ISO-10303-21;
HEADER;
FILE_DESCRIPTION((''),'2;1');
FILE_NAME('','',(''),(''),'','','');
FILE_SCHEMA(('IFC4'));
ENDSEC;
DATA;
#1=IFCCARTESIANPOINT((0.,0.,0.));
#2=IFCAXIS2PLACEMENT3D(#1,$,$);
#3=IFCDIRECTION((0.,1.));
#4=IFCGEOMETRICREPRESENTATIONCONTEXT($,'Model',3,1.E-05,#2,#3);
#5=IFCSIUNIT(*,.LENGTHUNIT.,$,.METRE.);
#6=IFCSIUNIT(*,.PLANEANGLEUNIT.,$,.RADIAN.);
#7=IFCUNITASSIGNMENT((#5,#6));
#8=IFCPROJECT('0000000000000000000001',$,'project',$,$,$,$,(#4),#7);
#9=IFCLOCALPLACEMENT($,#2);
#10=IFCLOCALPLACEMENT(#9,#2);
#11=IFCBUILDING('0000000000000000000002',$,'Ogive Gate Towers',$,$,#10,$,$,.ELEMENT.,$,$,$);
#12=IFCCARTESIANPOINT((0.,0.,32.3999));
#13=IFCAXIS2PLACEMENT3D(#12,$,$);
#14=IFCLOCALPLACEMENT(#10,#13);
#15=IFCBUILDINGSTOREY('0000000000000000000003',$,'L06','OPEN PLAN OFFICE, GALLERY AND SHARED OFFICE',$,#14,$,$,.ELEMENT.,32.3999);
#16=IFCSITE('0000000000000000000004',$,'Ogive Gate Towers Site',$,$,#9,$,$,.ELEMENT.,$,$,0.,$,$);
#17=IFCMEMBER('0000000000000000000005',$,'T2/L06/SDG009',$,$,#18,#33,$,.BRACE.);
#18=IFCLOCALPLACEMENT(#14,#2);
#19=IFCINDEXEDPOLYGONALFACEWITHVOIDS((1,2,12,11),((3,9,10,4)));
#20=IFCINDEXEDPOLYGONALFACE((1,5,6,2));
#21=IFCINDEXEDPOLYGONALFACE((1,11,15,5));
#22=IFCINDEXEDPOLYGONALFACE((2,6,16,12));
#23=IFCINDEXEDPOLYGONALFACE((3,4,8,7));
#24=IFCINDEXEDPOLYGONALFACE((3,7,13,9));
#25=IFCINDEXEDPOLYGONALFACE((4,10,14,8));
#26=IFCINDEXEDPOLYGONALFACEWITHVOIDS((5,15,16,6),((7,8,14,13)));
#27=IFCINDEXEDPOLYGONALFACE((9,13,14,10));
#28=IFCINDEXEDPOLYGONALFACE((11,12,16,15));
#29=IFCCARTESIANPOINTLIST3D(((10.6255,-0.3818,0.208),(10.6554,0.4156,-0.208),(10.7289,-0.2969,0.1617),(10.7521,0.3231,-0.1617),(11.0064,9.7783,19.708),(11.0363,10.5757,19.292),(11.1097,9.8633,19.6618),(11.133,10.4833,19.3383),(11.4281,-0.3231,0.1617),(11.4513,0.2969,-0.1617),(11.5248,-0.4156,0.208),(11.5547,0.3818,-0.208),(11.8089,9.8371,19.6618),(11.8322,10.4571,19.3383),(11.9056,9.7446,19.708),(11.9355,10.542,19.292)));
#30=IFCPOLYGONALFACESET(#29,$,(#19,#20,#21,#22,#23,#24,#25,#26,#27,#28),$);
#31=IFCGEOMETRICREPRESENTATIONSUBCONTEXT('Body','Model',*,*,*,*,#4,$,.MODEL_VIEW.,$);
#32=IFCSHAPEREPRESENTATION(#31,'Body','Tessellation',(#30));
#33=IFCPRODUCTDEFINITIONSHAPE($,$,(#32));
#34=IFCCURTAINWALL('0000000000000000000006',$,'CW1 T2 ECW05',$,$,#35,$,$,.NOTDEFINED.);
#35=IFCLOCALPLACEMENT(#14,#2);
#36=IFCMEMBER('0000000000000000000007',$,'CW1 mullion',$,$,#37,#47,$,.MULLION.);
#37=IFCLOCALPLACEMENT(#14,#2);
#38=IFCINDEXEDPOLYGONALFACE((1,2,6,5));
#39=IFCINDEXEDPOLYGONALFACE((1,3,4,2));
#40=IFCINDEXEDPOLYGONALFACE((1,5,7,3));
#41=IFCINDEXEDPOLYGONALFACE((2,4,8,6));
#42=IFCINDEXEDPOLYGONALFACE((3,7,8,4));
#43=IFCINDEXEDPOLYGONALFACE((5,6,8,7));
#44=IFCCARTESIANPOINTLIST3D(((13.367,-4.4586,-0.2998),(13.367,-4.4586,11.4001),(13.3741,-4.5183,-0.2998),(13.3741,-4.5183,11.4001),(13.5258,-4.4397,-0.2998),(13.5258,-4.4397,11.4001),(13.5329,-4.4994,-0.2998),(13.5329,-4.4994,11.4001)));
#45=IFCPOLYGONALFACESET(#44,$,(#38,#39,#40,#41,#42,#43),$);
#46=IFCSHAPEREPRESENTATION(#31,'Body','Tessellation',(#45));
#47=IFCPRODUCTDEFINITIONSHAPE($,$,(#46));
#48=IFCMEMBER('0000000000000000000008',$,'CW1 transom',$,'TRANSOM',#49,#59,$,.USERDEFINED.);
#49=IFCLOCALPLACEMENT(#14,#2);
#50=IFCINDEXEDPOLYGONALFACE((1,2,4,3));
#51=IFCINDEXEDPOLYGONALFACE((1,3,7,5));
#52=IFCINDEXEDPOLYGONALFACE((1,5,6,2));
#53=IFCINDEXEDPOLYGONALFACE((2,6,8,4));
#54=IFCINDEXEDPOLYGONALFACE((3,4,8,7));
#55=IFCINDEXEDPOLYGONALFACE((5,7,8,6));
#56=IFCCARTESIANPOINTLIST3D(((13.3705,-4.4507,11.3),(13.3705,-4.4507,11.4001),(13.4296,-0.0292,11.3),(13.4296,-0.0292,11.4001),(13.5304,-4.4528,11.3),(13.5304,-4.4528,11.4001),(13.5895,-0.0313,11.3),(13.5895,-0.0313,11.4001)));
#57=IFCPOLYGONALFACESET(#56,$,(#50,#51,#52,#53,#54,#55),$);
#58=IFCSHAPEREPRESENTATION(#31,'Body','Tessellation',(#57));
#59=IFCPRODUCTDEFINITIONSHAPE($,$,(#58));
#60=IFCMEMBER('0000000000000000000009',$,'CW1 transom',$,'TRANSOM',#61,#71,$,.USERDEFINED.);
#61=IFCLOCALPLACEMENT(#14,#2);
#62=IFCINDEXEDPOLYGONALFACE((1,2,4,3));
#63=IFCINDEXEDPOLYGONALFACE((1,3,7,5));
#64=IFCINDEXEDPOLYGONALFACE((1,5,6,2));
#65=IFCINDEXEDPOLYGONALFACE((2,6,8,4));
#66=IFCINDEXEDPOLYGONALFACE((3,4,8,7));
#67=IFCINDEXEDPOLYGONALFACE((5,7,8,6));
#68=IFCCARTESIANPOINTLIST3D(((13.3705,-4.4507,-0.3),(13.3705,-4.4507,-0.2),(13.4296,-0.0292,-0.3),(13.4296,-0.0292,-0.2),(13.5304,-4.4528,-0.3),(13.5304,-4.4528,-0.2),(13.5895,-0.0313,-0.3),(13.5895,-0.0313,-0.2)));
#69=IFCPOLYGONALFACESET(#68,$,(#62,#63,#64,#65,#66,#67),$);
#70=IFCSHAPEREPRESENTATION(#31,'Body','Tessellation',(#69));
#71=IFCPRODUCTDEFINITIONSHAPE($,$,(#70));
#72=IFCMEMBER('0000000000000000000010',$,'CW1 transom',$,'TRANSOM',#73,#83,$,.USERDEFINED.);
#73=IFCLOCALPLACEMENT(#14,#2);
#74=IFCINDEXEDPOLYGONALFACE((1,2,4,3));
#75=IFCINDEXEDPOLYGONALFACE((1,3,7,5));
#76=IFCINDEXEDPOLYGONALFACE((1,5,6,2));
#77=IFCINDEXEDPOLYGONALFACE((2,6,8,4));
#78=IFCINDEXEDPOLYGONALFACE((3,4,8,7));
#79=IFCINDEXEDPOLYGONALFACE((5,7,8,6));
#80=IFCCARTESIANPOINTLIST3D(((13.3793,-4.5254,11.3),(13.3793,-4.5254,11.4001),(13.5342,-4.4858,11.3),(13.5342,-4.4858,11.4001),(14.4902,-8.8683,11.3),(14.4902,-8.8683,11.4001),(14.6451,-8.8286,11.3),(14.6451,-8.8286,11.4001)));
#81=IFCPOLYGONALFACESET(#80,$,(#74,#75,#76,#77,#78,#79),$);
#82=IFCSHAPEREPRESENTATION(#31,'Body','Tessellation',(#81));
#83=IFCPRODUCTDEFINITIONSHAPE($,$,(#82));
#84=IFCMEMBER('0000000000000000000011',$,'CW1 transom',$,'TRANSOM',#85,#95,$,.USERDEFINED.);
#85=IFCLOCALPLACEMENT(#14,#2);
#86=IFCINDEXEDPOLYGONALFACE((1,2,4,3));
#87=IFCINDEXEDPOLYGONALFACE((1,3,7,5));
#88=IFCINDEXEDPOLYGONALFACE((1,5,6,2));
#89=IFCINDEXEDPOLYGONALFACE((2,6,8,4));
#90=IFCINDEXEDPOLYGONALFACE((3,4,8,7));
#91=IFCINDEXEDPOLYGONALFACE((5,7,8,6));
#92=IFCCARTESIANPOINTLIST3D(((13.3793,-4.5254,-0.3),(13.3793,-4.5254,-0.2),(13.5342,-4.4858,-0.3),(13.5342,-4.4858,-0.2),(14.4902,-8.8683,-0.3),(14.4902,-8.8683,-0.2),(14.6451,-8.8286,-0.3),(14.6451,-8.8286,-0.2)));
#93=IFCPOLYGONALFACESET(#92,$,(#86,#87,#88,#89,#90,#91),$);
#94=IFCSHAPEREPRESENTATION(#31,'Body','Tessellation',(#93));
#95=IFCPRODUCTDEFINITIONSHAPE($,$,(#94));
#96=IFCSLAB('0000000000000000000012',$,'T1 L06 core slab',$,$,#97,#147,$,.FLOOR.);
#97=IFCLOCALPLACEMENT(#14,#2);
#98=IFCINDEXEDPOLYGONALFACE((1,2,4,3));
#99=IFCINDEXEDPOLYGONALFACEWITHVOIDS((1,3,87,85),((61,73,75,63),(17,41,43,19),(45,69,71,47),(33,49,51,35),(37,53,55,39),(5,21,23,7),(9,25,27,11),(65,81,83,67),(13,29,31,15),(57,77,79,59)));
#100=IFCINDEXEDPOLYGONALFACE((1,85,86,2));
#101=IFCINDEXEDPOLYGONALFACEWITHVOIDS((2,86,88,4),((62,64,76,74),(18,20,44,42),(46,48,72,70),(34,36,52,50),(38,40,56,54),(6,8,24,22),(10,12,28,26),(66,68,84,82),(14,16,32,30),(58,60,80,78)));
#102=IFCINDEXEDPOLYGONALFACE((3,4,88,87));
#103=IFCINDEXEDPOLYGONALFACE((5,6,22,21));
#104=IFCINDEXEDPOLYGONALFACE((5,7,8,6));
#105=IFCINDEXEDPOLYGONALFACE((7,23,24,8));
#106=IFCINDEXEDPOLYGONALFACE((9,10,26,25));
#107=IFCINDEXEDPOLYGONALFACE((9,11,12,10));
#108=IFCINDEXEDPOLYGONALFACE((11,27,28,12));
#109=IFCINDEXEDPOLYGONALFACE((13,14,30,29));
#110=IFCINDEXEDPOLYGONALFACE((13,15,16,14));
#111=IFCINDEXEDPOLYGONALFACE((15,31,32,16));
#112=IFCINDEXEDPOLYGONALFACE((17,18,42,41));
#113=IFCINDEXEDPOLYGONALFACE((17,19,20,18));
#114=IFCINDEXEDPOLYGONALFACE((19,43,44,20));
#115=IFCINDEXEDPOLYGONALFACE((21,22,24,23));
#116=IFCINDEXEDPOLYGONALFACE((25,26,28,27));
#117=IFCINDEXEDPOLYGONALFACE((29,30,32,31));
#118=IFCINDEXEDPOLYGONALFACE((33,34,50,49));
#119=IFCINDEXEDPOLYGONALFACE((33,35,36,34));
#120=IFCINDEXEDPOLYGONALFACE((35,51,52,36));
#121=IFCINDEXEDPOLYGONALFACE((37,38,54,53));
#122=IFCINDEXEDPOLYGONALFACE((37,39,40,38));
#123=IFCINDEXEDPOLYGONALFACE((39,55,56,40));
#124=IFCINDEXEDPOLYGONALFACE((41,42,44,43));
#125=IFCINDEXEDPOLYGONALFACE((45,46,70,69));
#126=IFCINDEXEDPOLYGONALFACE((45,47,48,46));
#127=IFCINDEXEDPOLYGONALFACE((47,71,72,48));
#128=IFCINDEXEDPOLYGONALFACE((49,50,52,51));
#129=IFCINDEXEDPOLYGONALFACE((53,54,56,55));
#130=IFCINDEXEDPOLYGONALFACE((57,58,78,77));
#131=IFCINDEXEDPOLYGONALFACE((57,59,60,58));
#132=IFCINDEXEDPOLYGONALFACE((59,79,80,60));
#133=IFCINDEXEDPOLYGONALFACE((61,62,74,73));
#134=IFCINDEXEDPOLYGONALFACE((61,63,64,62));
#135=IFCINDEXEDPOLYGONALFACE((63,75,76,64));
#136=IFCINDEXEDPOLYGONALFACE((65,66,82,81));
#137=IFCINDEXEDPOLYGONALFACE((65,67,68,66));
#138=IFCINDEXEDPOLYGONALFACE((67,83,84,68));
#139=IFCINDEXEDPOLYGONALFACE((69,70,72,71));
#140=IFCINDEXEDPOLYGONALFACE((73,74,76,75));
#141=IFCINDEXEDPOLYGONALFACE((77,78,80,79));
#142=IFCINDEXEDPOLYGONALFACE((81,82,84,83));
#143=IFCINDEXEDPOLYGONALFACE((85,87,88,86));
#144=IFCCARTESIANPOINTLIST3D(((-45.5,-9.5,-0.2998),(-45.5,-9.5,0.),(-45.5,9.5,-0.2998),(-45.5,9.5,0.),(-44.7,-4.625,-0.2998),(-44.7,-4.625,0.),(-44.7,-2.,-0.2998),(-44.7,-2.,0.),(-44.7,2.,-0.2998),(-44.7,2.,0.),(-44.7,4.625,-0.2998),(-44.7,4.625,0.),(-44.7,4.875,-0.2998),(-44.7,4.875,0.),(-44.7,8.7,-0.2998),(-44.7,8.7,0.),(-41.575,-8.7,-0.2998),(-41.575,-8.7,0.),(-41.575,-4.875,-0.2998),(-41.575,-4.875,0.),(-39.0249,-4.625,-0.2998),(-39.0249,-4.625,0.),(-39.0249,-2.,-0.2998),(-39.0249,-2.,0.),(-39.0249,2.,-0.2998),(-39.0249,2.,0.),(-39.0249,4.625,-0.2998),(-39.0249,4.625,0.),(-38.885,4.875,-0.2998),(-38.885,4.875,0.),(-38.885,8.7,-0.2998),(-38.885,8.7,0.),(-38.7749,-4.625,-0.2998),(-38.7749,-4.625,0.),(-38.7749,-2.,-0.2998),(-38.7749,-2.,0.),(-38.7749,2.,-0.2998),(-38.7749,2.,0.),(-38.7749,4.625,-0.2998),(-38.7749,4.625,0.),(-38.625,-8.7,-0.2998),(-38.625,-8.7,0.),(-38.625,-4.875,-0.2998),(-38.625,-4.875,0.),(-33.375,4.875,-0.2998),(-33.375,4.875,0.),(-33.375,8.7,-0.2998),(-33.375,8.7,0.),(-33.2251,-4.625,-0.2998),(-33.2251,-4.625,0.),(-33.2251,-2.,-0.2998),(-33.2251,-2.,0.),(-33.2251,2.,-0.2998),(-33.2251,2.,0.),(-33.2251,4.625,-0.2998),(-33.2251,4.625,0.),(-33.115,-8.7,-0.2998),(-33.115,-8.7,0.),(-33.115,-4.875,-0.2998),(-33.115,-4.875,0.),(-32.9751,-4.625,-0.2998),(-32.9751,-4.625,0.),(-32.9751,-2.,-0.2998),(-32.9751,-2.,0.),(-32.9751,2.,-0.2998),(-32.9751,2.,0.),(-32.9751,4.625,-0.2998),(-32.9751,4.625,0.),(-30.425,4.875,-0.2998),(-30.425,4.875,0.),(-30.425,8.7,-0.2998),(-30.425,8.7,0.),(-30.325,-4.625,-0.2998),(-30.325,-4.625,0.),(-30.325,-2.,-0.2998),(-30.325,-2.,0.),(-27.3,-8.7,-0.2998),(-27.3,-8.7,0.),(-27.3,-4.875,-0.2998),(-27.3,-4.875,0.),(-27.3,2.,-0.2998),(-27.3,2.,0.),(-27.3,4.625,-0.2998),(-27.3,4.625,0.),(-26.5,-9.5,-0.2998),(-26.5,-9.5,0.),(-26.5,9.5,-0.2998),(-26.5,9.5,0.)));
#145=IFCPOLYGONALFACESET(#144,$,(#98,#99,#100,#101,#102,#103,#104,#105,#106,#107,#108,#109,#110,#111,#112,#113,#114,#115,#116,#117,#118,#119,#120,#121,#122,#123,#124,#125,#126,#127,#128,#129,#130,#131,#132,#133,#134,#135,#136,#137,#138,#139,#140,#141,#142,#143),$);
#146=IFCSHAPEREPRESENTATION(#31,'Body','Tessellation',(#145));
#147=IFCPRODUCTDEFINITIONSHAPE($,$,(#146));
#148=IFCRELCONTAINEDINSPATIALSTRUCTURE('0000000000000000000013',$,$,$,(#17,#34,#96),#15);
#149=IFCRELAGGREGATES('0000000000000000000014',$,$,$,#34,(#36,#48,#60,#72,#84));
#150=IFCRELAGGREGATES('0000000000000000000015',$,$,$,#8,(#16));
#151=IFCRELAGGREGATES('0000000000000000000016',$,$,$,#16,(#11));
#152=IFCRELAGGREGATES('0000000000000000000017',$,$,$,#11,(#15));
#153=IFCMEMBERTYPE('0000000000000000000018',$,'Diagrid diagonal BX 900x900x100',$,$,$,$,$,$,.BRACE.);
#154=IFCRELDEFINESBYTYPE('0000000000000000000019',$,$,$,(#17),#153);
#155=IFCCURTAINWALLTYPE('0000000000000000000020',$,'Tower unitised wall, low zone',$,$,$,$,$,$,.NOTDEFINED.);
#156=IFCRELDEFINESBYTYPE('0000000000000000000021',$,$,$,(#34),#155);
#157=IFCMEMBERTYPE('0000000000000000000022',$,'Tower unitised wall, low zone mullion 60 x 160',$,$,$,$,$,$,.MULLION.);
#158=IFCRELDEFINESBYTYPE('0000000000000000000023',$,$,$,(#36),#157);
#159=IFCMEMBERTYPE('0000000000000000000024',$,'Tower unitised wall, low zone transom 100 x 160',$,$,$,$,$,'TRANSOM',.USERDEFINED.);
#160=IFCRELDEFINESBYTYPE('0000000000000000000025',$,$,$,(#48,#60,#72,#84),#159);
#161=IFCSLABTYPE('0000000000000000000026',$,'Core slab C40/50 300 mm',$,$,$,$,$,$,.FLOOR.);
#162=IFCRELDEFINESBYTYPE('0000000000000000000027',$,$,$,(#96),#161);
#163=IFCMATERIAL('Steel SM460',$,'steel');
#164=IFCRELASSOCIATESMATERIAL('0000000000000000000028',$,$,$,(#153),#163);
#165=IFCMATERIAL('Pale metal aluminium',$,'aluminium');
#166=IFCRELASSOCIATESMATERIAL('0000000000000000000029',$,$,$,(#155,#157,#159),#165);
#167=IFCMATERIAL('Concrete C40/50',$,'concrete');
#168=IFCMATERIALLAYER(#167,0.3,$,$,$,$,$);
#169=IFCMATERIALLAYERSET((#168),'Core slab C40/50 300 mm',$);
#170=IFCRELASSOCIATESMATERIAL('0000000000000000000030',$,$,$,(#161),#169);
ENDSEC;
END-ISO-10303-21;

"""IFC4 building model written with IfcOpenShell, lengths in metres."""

from ifc_helpers import new_model, si_unit, direction, frame, origin, origin_2d, place, context, subcontext, project, spatial, polyline, rectangle, hollow_rectangle, outline, extrude, material, layer, layer_set, material_profile, profile_set, type_object, element, aggregate, save


model = new_model("IFC4")

# Units and contexts
model_context = context("Model", 3, precision=1e-05, world=origin(), true_north=direction((0.0, 1.0)))
body_context = subcontext(model_context, "Body", "Model", "MODEL_VIEW")
ifc_project = project(units=[si_unit("LENGTHUNIT", "METRE"), si_unit("PLANEANGLEUNIT", "RADIAN")], contexts=[model_context])

# Site, building, storey
site_placement = place(None, origin())
site = spatial("IfcSite", under=ifc_project, at=site_placement, Name="Ogive Gate Towers Site", CompositionType="ELEMENT", RefElevation=0.0)
building_placement = place(site_placement, origin())
building = spatial("IfcBuilding", under=site, at=building_placement, Name="Ogive Gate Towers", CompositionType="ELEMENT")
storey_placement = place(building_placement, frame((0.0, 0.0, 32.3999)))
storey = spatial("IfcBuildingStorey", under=building, at=storey_placement, Name="L06", Description="OPEN PLAN OFFICE, GALLERY AND SHARED OFFICE", CompositionType="ELEMENT", Elevation=32.3999)

# Member
ifc_material_1 = material(Name="Steel SM460", Category="steel")
ifc_material_profile_1 = material_profile(ifc_material_1, hollow_rectangle(XDim=0.8999, YDim=0.8999, WallThickness=0.1001, at=origin_2d()), Name="BX 900x900x100")
ifc_profile_set_1 = profile_set([ifc_material_profile_1], Name="Steel SM460")
member_type_1 = type_object("IfcMemberType", Name="Diagrid diagonal BX 900x900x100", PredefinedType="BRACE", material=ifc_profile_set_1)
member_1_placement = place(storey_placement, frame((11.0901, 0.0, 0.0), z_axis=(0.017319, 0.462005, 0.886708), x_axis=(-0.999298, 0.037459, 0.0)))
element("IfcMember", 1, at=member_1_placement, inside=storey, type_object=member_type_1, Name="T2/L06/SDG009", PredefinedType="BRACE", context=body_context, shape_type="SweptSolid", body=[
    extrude(hollow_rectangle(XDim=0.8999, YDim=0.8999, WallThickness=0.1001, at=origin_2d()), origin(), (0.0, 0.0, 1.0), 21.9915),
])

# Curtain wall, members
ifc_material_2 = material(Name="Pale metal aluminium", Category="aluminium")
curtain_wall_type = type_object("IfcCurtainWallType", Name="Tower unitised wall, low zone", PredefinedType="NOTDEFINED", material=ifc_material_2)
curtain_wall_placement = place(storey_placement, origin())
curtain_wall = element("IfcCurtainWall", 2, at=curtain_wall_placement, inside=storey, type_object=curtain_wall_type, Name="CW1 T2 ECW05", PredefinedType="NOTDEFINED")
ifc_material_profile_2 = material_profile(ifc_material_2, rectangle(XDim=0.1599, YDim=0.0601, at=origin_2d()), Name="60 x 160 aluminium box")
ifc_profile_set_2 = profile_set([ifc_material_profile_2], Name="Pale metal aluminium")
member_type_2 = type_object("IfcMemberType", Name="Tower unitised wall, low zone mullion 60 x 160", PredefinedType="MULLION", material=ifc_profile_set_2)
member_2_placement = place(storey_placement, frame((13.45, -4.479, -0.2998), z_axis=(0.0, 0.0, 1.0), x_axis=(-0.992984, -0.118248, 0.0)))
member_2 = element("IfcMember", 3, at=member_2_placement, type_object=member_type_2, Name="CW1 mullion", PredefinedType="MULLION", context=body_context, shape_type="SweptSolid", body=[
    extrude(rectangle(XDim=0.1599, YDim=0.0601, at=origin_2d()), origin(), (0.0, 0.0, 1.0), 11.7),
])
ifc_material_profile_3 = material_profile(ifc_material_2, rectangle(XDim=0.1599, YDim=0.1001, at=origin_2d()), Name="100 x 160 aluminium box")
ifc_profile_set_3 = profile_set([ifc_material_profile_3], Name="Pale metal aluminium")
member_type_3 = type_object("IfcMemberType", Name="Tower unitised wall, low zone transom 100 x 160", ElementType="TRANSOM", PredefinedType="USERDEFINED", material=ifc_profile_set_3)
member_3_placement = place(storey_placement, frame((13.5095, -0.0303, 11.3501), z_axis=(-0.013362, -0.999911, 0.0), x_axis=(0.999911, -0.013362, 0.0)))
member_3 = element("IfcMember", 4, at=member_3_placement, type_object=member_type_3, Name="CW1 transom", ObjectType="TRANSOM", PredefinedType="USERDEFINED", context=body_context, shape_type="SweptSolid", body=[
    extrude(rectangle(XDim=0.1599, YDim=0.1001, at=origin_2d()), origin(), (0.0, 0.0, 1.0), 4.4219),
])
member_4_placement = place(storey_placement, frame((13.5095, -0.0303, -0.25), z_axis=(-0.013362, -0.999911, 0.0), x_axis=(0.999911, -0.013362, 0.0)))
member_4 = element("IfcMember", 5, at=member_4_placement, type_object=member_type_3, Name="CW1 transom", ObjectType="TRANSOM", PredefinedType="USERDEFINED", context=body_context, shape_type="SweptSolid", body=[
    extrude(rectangle(XDim=0.1599, YDim=0.1001, at=origin_2d()), origin(), (0.0, 0.0, 1.0), 4.4219),
])
member_5_placement = place(storey_placement, frame((13.4568, -4.5056, 11.3501), z_axis=(0.247812, -0.968808, 0.0), x_axis=(0.968808, 0.247812, 0.0)))
member_5 = element("IfcMember", 6, at=member_5_placement, type_object=member_type_3, Name="CW1 transom", ObjectType="TRANSOM", PredefinedType="USERDEFINED", context=body_context, shape_type="SweptSolid", body=[
    extrude(rectangle(XDim=0.1599, YDim=0.1001, at=origin_2d()), origin(), (0.0, 0.0, 1.0), 4.4827),
])
member_6_placement = place(storey_placement, frame((13.4568, -4.5056, -0.25), z_axis=(0.247812, -0.968808, 0.0), x_axis=(0.968808, 0.247812, 0.0)))
member_6 = element("IfcMember", 7, at=member_6_placement, type_object=member_type_3, Name="CW1 transom", ObjectType="TRANSOM", PredefinedType="USERDEFINED", context=body_context, shape_type="SweptSolid", body=[
    extrude(rectangle(XDim=0.1599, YDim=0.1001, at=origin_2d()), origin(), (0.0, 0.0, 1.0), 4.4827),
])

# Slab
ifc_material_3 = material(Name="Concrete C40/50", Category="concrete")
ifc_layer_1 = layer(ifc_material_3, 0.3)
ifc_layer_set_1 = layer_set([ifc_layer_1], Name="Core slab C40/50 300 mm")
slab_type_1 = type_object("IfcSlabType", Name="Core slab C40/50 300 mm", PredefinedType="FLOOR", material=ifc_layer_set_1)
slab_1_placement = place(storey_placement, frame((0.0, 0.0, -0.2998)))
element("IfcSlab", 8, at=slab_1_placement, inside=storey, type_object=slab_type_1, Name="T1 L06 core slab", PredefinedType="FLOOR", context=body_context, shape_type="SweptSolid", body=[
    extrude(outline(polyline([(-26.5, 9.5), (-26.5, -9.5), (-45.5, -9.5), (-45.5, 9.5), (-26.5, 9.5)]), holes=[polyline([(-39.0249, 4.625), (-44.7, 4.625), (-44.7, 2.0), (-39.0249, 2.0), (-39.0249, 4.625)]), polyline([(-33.2251, 2.0), (-33.2251, 4.625), (-38.7749, 4.625), (-38.7749, 2.0), (-33.2251, 2.0)]), polyline([(-32.9751, 2.0), (-27.3, 2.0), (-27.3, 4.625), (-32.9751, 4.625), (-32.9751, 2.0)]), polyline([(-44.7, -2.0), (-44.7, -4.625), (-39.0249, -4.625), (-39.0249, -2.0), (-44.7, -2.0)]), polyline([(-33.2251, -2.0), (-38.7749, -2.0), (-38.7749, -4.625), (-33.2251, -4.625), (-33.2251, -2.0)]), polyline([(-30.325, -4.625), (-30.325, -2.0), (-32.9751, -2.0), (-32.9751, -4.625), (-30.325, -4.625)]), polyline([(-33.375, 4.875), (-30.425, 4.875), (-30.425, 8.7), (-33.375, 8.7), (-33.375, 4.875)]), polyline([(-41.575, -4.875), (-41.575, -8.7), (-38.625, -8.7), (-38.625, -4.875), (-41.575, -4.875)]), polyline([(-44.7, 4.875), (-38.885, 4.875), (-38.885, 8.7), (-44.7, 8.7), (-44.7, 4.875)]), polyline([(-27.3, -8.7), (-27.3, -4.875), (-33.115, -4.875), (-33.115, -8.7), (-27.3, -8.7)])]), origin(), (0.0, 0.0, 1.0), 0.2998),
])

aggregate(curtain_wall, [member_2, member_3, member_4, member_5, member_6])

save(model, "model.ifc")
